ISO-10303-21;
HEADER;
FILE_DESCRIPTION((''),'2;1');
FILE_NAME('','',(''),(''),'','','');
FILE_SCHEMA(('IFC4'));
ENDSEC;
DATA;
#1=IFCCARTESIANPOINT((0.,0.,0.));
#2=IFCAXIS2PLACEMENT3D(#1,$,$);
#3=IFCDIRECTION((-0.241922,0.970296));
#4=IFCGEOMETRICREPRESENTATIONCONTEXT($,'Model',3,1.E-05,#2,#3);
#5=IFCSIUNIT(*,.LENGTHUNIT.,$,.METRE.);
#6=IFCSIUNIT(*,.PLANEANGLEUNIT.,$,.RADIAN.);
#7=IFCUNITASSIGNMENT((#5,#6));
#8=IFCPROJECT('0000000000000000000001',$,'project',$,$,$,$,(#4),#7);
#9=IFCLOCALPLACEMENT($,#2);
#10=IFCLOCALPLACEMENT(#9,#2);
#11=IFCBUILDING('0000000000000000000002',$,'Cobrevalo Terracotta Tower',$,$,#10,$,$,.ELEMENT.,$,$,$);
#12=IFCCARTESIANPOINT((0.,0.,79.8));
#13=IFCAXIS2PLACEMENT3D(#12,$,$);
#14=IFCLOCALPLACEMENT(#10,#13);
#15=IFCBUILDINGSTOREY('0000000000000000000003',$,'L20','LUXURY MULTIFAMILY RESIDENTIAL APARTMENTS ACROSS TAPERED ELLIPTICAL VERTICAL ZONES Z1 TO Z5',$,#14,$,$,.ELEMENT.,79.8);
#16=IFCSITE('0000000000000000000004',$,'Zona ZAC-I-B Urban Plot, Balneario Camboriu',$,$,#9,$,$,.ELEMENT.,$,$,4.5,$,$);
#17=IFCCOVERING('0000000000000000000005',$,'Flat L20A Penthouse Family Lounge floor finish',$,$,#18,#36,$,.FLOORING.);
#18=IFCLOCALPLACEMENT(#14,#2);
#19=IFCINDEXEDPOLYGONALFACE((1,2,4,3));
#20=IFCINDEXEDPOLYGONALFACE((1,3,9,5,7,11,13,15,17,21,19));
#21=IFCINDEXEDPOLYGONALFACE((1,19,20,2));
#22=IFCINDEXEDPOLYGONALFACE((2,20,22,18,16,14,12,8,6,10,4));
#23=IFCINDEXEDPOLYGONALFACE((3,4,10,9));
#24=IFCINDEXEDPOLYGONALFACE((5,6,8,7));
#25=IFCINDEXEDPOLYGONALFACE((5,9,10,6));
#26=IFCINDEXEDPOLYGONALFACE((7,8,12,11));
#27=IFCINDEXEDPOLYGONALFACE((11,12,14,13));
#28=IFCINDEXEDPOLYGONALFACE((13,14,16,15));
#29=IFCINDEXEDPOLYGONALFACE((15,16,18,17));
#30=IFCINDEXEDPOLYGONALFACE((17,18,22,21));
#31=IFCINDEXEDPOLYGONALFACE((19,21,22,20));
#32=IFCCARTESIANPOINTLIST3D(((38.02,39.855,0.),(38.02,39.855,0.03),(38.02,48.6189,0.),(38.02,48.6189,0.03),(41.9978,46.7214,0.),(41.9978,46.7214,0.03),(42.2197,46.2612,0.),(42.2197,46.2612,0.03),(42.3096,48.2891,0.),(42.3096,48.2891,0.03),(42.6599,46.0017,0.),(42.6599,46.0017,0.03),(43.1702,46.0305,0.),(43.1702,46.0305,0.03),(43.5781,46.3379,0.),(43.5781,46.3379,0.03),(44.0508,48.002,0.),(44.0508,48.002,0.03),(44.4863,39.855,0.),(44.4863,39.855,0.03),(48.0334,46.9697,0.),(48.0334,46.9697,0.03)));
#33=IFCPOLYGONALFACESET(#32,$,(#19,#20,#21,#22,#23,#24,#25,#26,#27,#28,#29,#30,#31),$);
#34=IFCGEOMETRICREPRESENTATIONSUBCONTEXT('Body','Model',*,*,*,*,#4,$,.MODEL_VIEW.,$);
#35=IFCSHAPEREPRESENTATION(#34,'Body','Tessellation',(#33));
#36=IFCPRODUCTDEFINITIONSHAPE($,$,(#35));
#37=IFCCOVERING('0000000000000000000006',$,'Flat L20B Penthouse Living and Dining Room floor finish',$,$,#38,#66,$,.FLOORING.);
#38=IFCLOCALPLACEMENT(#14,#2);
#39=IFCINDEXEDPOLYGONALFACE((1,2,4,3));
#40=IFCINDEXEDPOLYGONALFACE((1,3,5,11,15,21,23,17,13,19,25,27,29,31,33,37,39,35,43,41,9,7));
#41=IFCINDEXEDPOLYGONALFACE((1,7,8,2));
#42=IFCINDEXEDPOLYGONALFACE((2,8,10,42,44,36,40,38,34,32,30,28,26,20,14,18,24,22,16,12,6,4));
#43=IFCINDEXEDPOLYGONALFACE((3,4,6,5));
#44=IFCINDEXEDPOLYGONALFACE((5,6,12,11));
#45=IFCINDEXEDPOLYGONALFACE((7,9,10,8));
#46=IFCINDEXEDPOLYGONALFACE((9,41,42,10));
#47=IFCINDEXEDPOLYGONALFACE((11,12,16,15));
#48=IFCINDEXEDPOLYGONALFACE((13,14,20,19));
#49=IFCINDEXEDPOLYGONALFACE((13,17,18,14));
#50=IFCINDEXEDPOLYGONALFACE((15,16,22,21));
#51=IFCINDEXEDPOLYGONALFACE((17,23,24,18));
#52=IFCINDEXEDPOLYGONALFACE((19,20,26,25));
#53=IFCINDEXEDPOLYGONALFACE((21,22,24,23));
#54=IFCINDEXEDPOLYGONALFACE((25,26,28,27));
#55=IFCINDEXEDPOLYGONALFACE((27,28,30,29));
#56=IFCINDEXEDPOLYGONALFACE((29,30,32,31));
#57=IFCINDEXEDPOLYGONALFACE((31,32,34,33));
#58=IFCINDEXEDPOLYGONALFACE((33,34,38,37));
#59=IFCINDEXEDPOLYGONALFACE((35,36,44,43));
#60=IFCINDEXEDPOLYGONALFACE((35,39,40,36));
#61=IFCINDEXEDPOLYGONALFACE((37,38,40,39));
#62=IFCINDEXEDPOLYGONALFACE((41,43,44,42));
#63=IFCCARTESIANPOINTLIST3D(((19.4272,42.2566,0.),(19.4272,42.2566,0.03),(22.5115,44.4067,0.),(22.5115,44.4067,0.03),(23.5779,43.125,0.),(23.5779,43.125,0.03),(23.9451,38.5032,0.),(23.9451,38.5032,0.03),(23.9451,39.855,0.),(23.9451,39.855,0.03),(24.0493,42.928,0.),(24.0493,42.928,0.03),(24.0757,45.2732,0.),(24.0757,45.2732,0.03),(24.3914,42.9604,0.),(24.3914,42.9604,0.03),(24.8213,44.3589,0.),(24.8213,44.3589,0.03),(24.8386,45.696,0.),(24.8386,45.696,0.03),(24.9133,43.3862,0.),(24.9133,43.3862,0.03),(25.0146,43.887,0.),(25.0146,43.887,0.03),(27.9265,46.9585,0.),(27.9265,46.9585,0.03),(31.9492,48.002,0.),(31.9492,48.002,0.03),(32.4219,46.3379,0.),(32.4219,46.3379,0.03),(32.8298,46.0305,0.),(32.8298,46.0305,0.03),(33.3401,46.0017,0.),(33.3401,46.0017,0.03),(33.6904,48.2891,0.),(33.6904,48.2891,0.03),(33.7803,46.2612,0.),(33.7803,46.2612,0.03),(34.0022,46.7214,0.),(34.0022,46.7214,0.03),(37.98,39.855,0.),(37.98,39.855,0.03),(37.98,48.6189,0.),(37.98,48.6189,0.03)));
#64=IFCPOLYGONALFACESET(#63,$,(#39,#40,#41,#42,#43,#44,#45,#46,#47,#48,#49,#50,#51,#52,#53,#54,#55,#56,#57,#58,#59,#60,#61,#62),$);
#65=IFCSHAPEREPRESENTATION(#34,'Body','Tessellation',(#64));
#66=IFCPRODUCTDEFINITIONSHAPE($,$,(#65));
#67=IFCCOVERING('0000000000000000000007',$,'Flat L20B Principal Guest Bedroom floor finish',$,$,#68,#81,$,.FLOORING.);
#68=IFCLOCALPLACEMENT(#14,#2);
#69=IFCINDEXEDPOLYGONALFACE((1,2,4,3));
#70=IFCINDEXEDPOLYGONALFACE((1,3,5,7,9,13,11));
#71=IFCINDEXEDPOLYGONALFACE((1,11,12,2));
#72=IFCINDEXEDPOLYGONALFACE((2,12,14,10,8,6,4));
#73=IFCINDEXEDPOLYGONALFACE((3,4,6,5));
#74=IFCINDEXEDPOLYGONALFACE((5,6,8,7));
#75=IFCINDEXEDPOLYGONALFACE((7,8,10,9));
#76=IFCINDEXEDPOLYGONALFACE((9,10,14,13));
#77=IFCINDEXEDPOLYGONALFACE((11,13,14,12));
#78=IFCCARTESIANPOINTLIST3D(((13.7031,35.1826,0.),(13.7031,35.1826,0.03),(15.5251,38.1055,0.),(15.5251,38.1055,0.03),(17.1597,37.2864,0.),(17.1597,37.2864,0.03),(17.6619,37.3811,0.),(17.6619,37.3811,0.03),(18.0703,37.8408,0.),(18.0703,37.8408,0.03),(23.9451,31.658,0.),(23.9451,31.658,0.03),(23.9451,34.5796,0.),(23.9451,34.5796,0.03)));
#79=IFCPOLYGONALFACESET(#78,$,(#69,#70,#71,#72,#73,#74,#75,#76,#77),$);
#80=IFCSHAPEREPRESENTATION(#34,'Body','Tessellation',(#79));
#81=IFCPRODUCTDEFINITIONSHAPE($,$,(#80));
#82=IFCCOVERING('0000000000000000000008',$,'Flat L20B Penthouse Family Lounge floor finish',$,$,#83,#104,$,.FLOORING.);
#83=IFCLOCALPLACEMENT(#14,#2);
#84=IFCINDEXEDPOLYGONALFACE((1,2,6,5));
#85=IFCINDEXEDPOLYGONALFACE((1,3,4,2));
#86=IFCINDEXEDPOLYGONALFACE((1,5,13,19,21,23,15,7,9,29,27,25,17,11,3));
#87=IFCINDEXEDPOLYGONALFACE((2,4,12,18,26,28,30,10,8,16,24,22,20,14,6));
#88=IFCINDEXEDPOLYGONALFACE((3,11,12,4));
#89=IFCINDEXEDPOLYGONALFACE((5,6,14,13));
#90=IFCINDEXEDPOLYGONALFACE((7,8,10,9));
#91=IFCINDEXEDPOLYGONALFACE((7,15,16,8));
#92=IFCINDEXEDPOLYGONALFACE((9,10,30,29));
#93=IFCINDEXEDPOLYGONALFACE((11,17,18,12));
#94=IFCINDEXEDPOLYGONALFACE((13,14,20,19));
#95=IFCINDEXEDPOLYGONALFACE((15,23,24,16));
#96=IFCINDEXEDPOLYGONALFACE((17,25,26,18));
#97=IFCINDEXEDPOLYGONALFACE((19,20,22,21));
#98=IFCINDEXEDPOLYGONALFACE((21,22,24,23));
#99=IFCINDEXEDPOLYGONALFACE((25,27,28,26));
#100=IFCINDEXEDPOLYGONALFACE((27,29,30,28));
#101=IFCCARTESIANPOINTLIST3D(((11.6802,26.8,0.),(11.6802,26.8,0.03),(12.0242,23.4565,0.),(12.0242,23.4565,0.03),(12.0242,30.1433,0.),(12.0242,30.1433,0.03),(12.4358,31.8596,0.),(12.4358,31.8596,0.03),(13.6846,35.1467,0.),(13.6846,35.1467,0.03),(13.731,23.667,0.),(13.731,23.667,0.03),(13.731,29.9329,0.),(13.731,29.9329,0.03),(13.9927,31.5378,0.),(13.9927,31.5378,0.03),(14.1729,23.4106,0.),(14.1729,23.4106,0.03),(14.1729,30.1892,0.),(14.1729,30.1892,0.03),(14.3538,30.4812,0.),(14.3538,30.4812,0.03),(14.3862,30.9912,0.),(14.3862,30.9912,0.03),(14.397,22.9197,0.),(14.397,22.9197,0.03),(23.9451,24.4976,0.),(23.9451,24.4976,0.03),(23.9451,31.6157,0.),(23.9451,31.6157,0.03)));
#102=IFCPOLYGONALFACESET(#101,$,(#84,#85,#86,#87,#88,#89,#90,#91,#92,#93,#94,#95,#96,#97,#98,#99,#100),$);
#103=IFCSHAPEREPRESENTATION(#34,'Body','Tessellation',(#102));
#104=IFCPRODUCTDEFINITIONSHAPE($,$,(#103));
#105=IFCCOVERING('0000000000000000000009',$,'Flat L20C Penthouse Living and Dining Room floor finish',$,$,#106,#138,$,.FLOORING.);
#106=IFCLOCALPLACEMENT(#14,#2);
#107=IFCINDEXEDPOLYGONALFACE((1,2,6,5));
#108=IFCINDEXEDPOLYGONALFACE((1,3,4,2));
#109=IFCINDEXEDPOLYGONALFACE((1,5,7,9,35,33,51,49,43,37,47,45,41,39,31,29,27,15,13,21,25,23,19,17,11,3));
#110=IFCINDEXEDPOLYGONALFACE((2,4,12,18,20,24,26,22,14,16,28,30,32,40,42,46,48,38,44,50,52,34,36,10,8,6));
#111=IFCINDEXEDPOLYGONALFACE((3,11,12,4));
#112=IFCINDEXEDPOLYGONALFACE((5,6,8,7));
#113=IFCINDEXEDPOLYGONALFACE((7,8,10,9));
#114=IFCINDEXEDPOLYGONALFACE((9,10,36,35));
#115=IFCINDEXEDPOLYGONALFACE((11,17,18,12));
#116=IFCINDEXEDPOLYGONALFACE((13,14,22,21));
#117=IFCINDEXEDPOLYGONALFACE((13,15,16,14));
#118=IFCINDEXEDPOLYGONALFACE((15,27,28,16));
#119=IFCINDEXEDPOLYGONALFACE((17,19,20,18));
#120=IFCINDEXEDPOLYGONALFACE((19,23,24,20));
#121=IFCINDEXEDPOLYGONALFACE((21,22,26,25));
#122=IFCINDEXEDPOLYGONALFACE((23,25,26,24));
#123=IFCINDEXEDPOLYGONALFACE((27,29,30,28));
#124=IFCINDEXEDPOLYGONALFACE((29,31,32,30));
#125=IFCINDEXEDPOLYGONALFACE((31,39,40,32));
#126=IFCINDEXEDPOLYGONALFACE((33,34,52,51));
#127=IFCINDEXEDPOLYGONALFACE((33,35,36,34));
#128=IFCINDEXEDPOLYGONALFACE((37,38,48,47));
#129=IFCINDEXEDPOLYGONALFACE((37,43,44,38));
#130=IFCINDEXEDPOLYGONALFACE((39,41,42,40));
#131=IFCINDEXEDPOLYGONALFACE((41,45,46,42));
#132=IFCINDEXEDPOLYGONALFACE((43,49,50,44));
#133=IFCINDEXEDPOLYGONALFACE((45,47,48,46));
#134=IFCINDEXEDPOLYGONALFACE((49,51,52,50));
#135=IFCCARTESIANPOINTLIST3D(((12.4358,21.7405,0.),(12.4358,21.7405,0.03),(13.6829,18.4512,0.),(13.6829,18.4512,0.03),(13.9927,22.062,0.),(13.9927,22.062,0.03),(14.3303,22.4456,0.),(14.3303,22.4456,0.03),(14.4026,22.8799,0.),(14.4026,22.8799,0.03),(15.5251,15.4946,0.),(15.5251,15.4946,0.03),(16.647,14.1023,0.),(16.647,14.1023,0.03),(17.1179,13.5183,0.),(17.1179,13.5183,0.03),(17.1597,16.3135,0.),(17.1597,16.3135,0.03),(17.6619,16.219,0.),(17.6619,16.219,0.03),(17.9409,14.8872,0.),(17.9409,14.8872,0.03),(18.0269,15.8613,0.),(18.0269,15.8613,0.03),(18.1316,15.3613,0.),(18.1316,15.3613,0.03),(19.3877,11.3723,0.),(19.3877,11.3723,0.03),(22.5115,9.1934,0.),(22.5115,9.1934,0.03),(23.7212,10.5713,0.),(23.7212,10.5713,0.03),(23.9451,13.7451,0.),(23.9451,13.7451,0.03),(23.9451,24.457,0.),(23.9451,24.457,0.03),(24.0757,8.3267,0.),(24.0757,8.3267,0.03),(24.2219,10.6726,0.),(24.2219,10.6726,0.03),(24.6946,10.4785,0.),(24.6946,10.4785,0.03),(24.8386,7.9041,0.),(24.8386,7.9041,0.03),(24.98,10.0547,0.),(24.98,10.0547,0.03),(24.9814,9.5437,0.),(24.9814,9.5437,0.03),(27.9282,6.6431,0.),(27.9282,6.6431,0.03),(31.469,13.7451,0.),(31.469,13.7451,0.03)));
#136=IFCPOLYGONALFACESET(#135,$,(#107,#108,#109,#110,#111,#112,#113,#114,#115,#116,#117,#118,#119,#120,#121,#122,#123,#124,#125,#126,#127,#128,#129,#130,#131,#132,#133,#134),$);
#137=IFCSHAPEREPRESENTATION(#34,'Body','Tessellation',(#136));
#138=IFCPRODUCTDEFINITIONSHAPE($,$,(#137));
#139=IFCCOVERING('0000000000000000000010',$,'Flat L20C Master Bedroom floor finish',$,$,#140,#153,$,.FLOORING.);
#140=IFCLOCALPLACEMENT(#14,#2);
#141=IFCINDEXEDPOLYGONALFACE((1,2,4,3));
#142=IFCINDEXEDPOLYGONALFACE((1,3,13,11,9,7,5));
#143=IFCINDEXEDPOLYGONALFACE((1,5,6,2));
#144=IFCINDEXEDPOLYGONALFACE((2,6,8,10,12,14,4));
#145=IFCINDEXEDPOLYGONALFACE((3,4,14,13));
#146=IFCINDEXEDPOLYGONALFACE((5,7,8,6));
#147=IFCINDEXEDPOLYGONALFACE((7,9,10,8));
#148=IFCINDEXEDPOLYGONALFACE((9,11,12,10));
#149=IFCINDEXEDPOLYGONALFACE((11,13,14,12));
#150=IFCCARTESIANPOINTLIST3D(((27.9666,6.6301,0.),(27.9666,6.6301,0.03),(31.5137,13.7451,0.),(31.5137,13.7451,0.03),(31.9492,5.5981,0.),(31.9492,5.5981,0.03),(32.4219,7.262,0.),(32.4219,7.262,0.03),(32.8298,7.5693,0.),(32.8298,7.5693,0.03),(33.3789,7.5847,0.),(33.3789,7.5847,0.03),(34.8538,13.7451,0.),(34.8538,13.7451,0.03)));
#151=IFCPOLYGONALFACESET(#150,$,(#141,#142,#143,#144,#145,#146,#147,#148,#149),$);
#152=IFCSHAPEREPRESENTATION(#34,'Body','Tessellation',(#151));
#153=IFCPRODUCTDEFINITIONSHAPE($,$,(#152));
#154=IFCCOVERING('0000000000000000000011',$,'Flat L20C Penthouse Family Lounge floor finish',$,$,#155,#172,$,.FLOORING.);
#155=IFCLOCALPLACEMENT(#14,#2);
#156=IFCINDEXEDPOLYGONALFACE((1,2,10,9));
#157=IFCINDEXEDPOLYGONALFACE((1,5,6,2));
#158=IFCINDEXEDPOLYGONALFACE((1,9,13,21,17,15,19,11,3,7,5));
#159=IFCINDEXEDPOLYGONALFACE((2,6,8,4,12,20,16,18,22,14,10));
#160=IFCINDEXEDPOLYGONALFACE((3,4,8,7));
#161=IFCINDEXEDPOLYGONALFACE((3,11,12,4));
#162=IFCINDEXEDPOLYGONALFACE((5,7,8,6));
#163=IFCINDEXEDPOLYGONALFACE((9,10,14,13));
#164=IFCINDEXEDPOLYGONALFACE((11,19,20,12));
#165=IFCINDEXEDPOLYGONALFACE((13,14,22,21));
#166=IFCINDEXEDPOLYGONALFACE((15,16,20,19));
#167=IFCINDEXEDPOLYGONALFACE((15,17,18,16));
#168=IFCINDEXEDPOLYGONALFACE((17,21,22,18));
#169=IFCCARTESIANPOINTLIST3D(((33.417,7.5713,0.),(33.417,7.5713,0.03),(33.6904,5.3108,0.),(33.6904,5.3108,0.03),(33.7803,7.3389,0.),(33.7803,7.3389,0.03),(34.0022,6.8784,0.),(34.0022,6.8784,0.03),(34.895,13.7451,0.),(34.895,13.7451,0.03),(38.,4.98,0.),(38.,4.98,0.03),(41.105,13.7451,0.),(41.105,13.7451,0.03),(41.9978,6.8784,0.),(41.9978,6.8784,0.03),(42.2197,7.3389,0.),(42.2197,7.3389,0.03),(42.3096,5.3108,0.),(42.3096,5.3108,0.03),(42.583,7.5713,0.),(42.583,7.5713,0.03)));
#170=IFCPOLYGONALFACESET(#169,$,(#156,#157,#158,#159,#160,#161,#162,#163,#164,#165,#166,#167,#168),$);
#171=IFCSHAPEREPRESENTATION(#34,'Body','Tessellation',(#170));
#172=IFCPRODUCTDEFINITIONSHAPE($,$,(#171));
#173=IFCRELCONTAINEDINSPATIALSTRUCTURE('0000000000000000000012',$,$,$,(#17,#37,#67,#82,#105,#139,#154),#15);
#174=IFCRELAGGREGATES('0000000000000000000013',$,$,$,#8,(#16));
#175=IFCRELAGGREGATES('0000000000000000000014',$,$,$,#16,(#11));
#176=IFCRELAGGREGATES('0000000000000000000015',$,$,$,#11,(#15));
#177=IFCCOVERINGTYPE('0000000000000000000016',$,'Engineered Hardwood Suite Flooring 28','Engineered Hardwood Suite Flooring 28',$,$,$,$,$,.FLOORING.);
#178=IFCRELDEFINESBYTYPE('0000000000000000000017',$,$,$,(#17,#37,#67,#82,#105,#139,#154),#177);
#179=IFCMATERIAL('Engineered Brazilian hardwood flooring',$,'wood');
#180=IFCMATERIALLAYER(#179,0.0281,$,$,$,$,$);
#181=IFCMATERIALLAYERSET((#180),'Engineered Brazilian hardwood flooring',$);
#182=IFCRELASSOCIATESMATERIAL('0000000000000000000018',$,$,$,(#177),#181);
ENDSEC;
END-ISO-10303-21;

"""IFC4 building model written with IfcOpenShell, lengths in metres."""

from ifc_helpers import new_model, si_unit, direction, frame, origin, place, context, subcontext, project, spatial, polyline, outline, extrude, material, layer, layer_set, type_object, element, save


model = new_model("IFC4")

# Units and contexts
model_context = context("Model", 3, precision=1e-05, world=origin(), true_north=direction((-0.241922, 0.970296)))
body_context = subcontext(model_context, "Body", "Model", "MODEL_VIEW")
ifc_project = project(units=[si_unit("LENGTHUNIT", "METRE"), si_unit("PLANEANGLEUNIT", "RADIAN")], contexts=[model_context])

# Site, building, storey
site_placement = place(None, origin())
site = spatial("IfcSite", under=ifc_project, at=site_placement, Name="Zona ZAC-I-B Urban Plot, Balneario Camboriu", CompositionType="ELEMENT", RefElevation=4.5)
building_placement = place(site_placement, origin())
building = spatial("IfcBuilding", under=site, at=building_placement, Name="Cobrevalo Terracotta Tower", CompositionType="ELEMENT")
storey_placement = place(building_placement, frame((0.0, 0.0, 79.8)))
storey = spatial("IfcBuildingStorey", under=building, at=storey_placement, Name="L20", Description="LUXURY MULTIFAMILY RESIDENTIAL APARTMENTS ACROSS TAPERED ELLIPTICAL VERTICAL ZONES Z1 TO Z5", CompositionType="ELEMENT", Elevation=79.8)

# Coverings
ifc_material_1 = material(Name="Engineered Brazilian hardwood flooring", Category="wood")
ifc_layer_1 = layer(ifc_material_1, 0.0281)
ifc_layer_set_1 = layer_set([ifc_layer_1], Name="Engineered Brazilian hardwood flooring")
covering_type_1 = type_object("IfcCoveringType", Name="Engineered Hardwood Suite Flooring 28", Description="Engineered Hardwood Suite Flooring 28", PredefinedType="FLOORING", material=ifc_layer_set_1)
covering_1_placement = place(storey_placement, origin())
element("IfcCovering", 1, at=covering_1_placement, inside=storey, type_object=covering_type_1, Name="Flat L20A Penthouse Family Lounge floor finish", PredefinedType="FLOORING", context=body_context, shape_type="SweptSolid", body=[
    extrude(outline(polyline([(44.4863, 39.855), (38.02, 39.855), (38.02, 48.6189), (42.3096, 48.2891), (41.9978, 46.7214), (42.2197, 46.2612), (42.6599, 46.0017), (43.1702, 46.0305), (43.5781, 46.3379), (44.0508, 48.002), (48.0334, 46.9697), (44.4863, 39.855)])), origin(), (0.0, 0.0, 1.0), 0.03),
])
covering_2_placement = place(storey_placement, origin())
element("IfcCovering", 2, at=covering_2_placement, inside=storey, type_object=covering_type_1, Name="Flat L20B Penthouse Living and Dining Room floor finish", PredefinedType="FLOORING", context=body_context, shape_type="SweptSolid", body=[
    extrude(outline(polyline([(22.5115, 44.4067), (23.5779, 43.125), (24.0493, 42.928), (24.3914, 42.9604), (24.9133, 43.3862), (25.0146, 43.887), (24.8213, 44.3589), (24.0757, 45.2732), (24.8386, 45.696), (27.9265, 46.9585), (31.9492, 48.002), (32.4219, 46.3379), (32.8298, 46.0305), (33.3401, 46.0017), (33.7803, 46.2612), (34.0022, 46.7214), (33.6904, 48.2891), (37.98, 48.6189), (37.98, 39.855), (23.9451, 39.855), (23.9451, 38.5032), (19.4272, 42.2566), (22.5115, 44.4067)])), origin(), (0.0, 0.0, 1.0), 0.03),
])
covering_3_placement = place(storey_placement, origin())
element("IfcCovering", 3, at=covering_3_placement, inside=storey, type_object=covering_type_1, Name="Flat L20B Principal Guest Bedroom floor finish", PredefinedType="FLOORING", context=body_context, shape_type="SweptSolid", body=[
    extrude(outline(polyline([(15.5251, 38.1055), (17.1597, 37.2864), (17.6619, 37.3811), (18.0703, 37.8408), (23.9451, 34.5796), (23.9451, 31.658), (13.7031, 35.1826), (15.5251, 38.1055)])), origin(), (0.0, 0.0, 1.0), 0.03),
])
covering_4_placement = place(storey_placement, origin())
element("IfcCovering", 4, at=covering_4_placement, inside=storey, type_object=covering_type_1, Name="Flat L20B Penthouse Family Lounge floor finish", PredefinedType="FLOORING", context=body_context, shape_type="SweptSolid", body=[
    extrude(outline(polyline([(12.0242, 30.1433), (13.731, 29.9329), (14.1729, 30.1892), (14.3538, 30.4812), (14.3862, 30.9912), (13.9927, 31.5378), (12.4358, 31.8596), (13.6846, 35.1467), (23.9451, 31.6157), (23.9451, 24.4976), (14.397, 22.9197), (14.1729, 23.4106), (13.731, 23.667), (12.0242, 23.4565), (11.6802, 26.8), (12.0242, 30.1433)])), origin(), (0.0, 0.0, 1.0), 0.03),
])
covering_5_placement = place(storey_placement, origin())
element("IfcCovering", 5, at=covering_5_placement, inside=storey, type_object=covering_type_1, Name="Flat L20C Penthouse Living and Dining Room floor finish", PredefinedType="FLOORING", context=body_context, shape_type="SweptSolid", body=[
    extrude(outline(polyline([(24.8386, 7.9041), (24.0757, 8.3267), (24.9814, 9.5437), (24.98, 10.0547), (24.6946, 10.4785), (24.2219, 10.6726), (23.7212, 10.5713), (22.5115, 9.1934), (19.3877, 11.3723), (17.1179, 13.5183), (16.647, 14.1023), (17.9409, 14.8872), (18.1316, 15.3613), (18.0269, 15.8613), (17.6619, 16.219), (17.1597, 16.3135), (15.5251, 15.4946), (13.6829, 18.4512), (12.4358, 21.7405), (13.9927, 22.062), (14.3303, 22.4456), (14.4026, 22.8799), (23.9451, 24.457), (23.9451, 13.7451), (31.469, 13.7451), (27.9282, 6.6431), (24.8386, 7.9041)])), origin(), (0.0, 0.0, 1.0), 0.03),
])
covering_6_placement = place(storey_placement, origin())
element("IfcCovering", 6, at=covering_6_placement, inside=storey, type_object=covering_type_1, Name="Flat L20C Master Bedroom floor finish", PredefinedType="FLOORING", context=body_context, shape_type="SweptSolid", body=[
    extrude(outline(polyline([(27.9666, 6.6301), (31.5137, 13.7451), (34.8538, 13.7451), (33.3789, 7.5847), (32.8298, 7.5693), (32.4219, 7.262), (31.9492, 5.5981), (27.9666, 6.6301)])), origin(), (0.0, 0.0, 1.0), 0.03),
])
covering_7_placement = place(storey_placement, origin())
element("IfcCovering", 7, at=covering_7_placement, inside=storey, type_object=covering_type_1, Name="Flat L20C Penthouse Family Lounge floor finish", PredefinedType="FLOORING", context=body_context, shape_type="SweptSolid", body=[
    extrude(outline(polyline([(33.6904, 5.3108), (34.0022, 6.8784), (33.7803, 7.3389), (33.417, 7.5713), (34.895, 13.7451), (41.105, 13.7451), (42.583, 7.5713), (42.2197, 7.3389), (41.9978, 6.8784), (42.3096, 5.3108), (38.0, 4.98), (33.6904, 5.3108)])), origin(), (0.0, 0.0, 1.0), 0.03),
])

save(model, "model.ifc")
